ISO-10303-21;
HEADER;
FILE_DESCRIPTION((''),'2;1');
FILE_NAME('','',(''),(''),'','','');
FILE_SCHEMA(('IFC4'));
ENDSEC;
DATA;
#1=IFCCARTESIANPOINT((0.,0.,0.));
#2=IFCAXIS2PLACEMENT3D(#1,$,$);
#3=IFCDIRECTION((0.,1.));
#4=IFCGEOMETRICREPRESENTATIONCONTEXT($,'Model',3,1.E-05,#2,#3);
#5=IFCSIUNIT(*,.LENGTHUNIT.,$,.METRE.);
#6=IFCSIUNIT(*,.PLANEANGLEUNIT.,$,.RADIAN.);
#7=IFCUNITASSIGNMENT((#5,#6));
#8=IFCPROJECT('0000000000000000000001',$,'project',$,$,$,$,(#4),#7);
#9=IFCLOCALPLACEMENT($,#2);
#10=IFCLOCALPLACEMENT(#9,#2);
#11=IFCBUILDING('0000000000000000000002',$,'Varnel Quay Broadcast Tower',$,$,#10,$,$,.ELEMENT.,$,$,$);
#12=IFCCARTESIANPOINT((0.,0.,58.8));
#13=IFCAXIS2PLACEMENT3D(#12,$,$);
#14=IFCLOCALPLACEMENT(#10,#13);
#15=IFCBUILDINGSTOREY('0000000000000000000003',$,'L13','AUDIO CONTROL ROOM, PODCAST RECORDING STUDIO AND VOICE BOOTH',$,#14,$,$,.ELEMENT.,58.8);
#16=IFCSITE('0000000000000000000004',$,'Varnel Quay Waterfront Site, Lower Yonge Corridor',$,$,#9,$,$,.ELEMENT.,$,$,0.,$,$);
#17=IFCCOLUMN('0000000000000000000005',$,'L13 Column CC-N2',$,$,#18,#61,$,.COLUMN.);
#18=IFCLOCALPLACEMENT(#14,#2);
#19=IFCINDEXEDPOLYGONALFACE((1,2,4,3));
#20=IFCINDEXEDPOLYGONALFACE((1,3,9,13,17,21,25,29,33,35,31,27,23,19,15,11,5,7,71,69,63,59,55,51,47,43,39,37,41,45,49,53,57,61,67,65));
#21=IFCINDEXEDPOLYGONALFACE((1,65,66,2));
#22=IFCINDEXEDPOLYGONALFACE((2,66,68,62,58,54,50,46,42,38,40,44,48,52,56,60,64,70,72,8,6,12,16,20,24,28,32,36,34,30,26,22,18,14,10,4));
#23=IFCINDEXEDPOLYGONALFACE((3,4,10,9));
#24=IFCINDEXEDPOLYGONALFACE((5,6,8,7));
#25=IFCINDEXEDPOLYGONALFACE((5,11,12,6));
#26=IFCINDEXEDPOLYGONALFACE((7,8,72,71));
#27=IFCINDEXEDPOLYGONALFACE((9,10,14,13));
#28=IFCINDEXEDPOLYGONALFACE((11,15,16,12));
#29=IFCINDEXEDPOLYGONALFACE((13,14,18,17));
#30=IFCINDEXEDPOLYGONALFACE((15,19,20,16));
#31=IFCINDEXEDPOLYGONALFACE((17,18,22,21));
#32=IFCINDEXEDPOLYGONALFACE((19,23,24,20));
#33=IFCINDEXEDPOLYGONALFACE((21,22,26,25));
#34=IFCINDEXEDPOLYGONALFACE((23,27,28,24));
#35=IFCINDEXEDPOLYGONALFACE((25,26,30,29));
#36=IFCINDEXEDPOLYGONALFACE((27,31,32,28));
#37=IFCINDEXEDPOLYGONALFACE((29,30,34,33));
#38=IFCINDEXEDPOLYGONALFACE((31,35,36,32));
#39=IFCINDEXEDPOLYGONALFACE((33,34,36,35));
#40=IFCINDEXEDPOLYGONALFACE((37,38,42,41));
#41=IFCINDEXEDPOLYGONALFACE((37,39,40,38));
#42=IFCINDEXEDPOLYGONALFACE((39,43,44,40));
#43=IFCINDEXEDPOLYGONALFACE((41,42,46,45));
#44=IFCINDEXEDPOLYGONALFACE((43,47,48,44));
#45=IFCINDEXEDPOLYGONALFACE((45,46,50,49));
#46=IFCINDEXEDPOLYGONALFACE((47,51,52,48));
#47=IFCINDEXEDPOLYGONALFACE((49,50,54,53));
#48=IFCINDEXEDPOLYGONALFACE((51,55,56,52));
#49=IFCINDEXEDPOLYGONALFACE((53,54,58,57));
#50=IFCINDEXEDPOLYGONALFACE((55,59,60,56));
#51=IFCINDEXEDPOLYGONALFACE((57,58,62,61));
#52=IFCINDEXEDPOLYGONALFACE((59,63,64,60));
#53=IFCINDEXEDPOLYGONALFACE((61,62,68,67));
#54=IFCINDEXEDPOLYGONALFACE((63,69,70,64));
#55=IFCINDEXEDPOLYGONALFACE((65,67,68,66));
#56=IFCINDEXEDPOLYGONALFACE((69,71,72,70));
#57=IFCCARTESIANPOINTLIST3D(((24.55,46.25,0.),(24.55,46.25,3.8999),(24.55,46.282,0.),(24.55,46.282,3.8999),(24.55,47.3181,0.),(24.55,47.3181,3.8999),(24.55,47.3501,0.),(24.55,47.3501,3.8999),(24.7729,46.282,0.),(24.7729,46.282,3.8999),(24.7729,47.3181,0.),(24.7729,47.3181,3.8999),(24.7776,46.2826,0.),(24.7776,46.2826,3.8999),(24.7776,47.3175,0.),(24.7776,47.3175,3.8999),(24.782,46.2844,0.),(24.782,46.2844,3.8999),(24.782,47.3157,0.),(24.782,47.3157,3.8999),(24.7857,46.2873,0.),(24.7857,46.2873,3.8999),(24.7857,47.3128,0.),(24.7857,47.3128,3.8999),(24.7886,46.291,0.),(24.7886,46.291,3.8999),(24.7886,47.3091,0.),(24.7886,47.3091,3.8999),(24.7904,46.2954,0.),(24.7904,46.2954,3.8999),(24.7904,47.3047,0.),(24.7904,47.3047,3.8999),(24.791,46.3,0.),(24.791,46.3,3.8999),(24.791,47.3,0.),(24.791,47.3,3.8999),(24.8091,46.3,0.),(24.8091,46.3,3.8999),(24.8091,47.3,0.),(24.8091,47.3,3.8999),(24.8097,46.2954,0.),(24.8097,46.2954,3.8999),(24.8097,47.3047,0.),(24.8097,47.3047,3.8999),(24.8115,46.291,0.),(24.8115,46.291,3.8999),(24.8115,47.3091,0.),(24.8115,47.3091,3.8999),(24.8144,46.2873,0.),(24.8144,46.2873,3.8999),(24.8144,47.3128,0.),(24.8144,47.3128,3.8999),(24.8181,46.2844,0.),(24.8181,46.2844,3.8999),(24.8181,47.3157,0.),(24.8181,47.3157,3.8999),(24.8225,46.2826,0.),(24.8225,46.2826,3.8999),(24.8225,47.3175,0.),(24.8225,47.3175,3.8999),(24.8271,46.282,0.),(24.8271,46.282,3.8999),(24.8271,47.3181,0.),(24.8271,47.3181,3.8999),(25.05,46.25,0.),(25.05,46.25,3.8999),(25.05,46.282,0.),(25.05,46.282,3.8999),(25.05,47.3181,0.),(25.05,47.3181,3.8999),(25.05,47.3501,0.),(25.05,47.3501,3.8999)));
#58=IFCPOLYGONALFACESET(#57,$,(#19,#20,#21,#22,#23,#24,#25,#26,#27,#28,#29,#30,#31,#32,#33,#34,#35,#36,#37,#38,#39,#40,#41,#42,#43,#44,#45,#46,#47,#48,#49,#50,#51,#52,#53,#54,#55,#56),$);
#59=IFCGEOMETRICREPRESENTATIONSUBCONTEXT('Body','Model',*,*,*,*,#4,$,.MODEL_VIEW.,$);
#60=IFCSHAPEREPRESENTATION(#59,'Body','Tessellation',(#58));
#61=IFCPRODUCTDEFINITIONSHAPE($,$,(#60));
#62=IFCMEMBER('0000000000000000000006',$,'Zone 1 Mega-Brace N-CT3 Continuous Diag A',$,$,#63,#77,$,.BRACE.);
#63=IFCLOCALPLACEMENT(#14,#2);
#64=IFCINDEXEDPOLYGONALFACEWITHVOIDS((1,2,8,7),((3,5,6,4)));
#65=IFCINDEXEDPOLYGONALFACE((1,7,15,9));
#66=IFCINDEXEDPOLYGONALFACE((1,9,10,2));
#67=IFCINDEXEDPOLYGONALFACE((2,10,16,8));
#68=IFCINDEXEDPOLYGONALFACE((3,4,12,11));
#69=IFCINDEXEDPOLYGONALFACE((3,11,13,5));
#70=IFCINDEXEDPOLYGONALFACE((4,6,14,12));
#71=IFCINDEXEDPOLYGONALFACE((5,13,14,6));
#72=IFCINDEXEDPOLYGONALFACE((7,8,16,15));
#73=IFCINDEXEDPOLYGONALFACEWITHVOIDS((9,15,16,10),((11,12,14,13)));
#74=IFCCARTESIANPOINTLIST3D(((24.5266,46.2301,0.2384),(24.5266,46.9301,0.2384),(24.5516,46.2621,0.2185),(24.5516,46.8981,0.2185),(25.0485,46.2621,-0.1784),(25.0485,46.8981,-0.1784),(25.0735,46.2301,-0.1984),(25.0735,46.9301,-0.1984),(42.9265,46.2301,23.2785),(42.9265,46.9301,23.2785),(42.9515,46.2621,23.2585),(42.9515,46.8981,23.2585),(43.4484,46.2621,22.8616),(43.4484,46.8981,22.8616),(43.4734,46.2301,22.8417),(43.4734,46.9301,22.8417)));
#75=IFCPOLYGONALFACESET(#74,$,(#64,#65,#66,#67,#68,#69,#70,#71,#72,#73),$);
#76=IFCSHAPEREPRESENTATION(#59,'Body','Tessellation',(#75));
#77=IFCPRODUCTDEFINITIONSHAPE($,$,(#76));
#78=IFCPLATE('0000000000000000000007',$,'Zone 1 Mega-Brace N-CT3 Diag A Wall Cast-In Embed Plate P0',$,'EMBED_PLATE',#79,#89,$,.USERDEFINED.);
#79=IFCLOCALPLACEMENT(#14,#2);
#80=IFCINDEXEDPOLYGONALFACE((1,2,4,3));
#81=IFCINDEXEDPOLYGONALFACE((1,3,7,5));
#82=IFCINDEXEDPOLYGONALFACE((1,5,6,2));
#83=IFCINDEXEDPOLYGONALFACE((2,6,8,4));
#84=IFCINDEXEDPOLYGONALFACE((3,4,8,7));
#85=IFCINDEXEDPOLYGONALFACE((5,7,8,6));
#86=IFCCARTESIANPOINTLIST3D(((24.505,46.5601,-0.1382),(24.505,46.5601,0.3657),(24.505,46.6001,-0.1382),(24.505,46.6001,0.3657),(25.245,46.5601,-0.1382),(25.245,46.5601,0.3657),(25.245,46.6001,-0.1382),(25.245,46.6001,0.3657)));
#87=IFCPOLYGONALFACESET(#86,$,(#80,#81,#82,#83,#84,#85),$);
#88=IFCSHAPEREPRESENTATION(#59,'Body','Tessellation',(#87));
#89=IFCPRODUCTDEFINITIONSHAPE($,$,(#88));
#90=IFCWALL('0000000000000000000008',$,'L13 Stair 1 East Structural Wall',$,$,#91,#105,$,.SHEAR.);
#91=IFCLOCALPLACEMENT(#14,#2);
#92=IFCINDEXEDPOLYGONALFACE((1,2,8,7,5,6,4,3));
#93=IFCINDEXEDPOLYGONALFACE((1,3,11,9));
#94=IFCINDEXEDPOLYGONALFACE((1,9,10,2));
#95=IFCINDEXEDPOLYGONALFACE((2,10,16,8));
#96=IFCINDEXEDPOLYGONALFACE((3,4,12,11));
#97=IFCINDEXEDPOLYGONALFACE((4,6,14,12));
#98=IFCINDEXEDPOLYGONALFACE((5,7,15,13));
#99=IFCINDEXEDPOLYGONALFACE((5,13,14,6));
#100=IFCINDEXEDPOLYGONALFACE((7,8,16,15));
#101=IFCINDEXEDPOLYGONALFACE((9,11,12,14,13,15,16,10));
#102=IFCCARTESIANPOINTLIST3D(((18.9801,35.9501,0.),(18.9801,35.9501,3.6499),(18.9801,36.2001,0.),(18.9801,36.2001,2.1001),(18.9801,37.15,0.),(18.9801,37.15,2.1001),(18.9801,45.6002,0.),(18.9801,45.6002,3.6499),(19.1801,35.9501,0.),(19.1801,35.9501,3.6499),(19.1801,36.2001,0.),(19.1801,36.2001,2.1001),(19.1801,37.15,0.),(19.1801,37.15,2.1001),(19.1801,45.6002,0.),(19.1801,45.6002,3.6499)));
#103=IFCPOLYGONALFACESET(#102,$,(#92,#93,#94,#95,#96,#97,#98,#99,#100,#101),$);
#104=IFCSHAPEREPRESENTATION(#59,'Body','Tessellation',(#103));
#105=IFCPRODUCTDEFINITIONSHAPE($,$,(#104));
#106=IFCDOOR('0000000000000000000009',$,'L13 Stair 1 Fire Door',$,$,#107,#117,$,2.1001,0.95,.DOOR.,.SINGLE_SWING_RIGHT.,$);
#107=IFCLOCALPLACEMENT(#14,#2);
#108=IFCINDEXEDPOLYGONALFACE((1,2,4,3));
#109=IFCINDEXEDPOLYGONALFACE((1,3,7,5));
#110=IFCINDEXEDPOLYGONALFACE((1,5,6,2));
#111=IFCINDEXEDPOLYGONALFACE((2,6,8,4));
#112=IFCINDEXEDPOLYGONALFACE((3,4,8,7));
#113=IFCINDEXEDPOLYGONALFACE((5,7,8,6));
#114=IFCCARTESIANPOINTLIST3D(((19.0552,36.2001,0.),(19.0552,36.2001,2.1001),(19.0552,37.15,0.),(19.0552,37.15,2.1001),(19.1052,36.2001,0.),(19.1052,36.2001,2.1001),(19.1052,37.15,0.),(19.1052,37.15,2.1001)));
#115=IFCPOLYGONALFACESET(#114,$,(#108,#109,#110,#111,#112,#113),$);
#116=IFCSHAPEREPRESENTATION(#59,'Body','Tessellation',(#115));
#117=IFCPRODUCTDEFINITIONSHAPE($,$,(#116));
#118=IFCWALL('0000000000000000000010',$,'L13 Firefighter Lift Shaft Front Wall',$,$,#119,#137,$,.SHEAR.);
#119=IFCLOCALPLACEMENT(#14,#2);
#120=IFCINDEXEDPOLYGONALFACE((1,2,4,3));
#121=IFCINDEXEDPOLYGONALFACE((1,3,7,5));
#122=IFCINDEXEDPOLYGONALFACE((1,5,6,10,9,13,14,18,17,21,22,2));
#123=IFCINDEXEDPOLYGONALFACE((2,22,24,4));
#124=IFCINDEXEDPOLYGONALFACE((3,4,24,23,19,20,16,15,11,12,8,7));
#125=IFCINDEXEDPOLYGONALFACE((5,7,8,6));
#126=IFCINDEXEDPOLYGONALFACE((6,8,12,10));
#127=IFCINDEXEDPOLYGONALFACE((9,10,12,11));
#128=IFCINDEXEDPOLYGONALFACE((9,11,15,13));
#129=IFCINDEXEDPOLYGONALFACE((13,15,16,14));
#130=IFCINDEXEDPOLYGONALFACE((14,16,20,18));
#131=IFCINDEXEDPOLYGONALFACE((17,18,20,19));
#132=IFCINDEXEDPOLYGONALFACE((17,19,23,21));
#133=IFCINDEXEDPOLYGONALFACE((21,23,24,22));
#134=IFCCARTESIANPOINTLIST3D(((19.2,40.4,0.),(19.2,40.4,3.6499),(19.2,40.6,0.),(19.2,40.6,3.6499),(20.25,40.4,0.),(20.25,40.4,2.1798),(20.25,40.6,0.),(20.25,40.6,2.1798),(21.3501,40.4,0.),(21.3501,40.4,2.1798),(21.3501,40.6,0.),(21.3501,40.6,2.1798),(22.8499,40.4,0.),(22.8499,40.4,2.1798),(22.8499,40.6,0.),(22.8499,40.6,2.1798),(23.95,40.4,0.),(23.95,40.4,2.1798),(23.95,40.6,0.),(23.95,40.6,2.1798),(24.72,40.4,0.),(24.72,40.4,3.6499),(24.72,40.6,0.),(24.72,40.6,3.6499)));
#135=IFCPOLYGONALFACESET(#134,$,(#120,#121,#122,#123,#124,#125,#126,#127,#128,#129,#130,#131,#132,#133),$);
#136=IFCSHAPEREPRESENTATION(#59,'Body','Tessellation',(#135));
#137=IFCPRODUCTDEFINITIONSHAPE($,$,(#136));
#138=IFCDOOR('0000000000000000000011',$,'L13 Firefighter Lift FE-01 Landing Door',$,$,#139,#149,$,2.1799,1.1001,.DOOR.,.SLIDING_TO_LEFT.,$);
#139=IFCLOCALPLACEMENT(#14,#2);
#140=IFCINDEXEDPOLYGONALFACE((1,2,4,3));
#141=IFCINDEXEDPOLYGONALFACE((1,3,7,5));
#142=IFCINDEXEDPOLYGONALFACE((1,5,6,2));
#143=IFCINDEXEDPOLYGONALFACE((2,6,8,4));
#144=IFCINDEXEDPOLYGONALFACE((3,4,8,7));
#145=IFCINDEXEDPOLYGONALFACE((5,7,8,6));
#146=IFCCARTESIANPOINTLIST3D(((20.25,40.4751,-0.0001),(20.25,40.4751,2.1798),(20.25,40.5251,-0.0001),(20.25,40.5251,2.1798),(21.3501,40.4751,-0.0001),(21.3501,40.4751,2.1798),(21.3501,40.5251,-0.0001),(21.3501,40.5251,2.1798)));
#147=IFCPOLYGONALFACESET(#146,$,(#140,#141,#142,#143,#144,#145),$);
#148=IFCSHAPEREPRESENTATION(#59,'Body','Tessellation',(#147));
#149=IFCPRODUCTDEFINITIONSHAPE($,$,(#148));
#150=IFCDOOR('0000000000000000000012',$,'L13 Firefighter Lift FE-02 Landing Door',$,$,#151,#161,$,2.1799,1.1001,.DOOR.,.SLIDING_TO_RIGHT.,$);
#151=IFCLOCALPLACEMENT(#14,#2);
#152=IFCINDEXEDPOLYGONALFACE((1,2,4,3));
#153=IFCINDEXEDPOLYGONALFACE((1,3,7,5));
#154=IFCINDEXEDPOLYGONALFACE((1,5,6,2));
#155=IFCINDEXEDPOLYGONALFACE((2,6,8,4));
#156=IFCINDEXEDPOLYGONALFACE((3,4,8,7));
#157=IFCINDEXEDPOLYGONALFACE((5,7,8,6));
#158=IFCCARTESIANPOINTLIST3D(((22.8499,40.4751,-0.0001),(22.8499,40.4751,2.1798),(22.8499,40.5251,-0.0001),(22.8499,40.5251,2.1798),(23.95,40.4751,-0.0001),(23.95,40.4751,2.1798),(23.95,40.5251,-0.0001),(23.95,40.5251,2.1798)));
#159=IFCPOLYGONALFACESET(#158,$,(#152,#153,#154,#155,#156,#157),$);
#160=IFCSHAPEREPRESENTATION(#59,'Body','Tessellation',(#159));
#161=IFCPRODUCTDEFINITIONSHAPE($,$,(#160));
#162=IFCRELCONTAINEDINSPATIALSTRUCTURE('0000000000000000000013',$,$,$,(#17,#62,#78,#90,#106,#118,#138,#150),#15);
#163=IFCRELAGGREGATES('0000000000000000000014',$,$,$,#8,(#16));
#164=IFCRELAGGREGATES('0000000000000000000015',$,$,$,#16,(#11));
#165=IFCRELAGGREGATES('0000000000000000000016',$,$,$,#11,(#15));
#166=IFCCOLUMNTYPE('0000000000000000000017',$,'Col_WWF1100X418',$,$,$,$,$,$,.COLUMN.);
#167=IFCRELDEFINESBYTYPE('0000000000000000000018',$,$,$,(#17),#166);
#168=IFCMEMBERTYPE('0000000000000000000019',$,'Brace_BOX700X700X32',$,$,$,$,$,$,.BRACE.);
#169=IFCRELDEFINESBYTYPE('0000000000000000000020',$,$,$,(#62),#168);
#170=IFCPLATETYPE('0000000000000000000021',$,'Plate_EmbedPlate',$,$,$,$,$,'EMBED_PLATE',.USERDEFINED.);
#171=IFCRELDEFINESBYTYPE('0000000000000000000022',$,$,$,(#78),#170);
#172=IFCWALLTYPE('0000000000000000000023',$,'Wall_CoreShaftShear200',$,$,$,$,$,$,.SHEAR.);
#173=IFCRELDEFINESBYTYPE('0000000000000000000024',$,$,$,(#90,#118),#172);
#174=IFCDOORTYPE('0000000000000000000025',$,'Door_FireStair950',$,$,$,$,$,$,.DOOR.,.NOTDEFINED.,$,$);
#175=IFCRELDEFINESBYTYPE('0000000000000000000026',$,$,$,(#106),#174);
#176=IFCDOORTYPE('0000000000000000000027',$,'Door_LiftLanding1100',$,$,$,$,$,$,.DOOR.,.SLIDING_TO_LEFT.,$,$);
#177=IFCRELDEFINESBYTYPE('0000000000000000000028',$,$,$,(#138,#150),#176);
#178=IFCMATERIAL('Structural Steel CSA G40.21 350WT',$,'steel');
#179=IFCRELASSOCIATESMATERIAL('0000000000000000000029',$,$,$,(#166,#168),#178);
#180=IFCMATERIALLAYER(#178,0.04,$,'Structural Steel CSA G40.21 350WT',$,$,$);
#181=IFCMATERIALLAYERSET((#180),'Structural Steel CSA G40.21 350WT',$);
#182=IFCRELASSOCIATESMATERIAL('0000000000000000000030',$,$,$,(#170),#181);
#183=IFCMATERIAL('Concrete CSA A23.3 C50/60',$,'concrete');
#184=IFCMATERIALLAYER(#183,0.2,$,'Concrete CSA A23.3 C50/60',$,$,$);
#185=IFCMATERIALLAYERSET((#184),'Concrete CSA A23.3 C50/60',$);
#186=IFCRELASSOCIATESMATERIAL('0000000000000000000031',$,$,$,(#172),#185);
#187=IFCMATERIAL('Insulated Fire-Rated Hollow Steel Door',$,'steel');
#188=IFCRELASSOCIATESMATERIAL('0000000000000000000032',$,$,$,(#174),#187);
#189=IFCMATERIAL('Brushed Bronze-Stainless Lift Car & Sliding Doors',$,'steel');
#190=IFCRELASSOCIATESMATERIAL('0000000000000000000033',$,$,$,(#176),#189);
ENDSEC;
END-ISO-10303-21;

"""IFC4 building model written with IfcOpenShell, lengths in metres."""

from ifc_helpers import new_model, si_unit, direction, frame, frame_2d, origin, origin_2d, place, context, subcontext, project, spatial, rectangle, hollow_rectangle, i_section, extrude, source, transform, mapped, material, layer, layer_set, material_profile, profile_set, type_object, type_shapes, element, fill, save


model = new_model("IFC4")

# Units and contexts
model_context = context("Model", 3, precision=1e-05, world=origin(), true_north=direction((0.0, 1.0)))
body_context = subcontext(model_context, "Body", "Model", "MODEL_VIEW")
ifc_project = project(units=[si_unit("LENGTHUNIT", "METRE"), si_unit("PLANEANGLEUNIT", "RADIAN")], contexts=[model_context])

# Site, building, storey
site_placement = place(None, origin())
site = spatial("IfcSite", under=ifc_project, at=site_placement, Name="Varnel Quay Waterfront Site, Lower Yonge Corridor", CompositionType="ELEMENT", RefElevation=0.0)
building_placement = place(site_placement, origin())
building = spatial("IfcBuilding", under=site, at=building_placement, Name="Varnel Quay Broadcast Tower", CompositionType="ELEMENT")
storey_placement = place(building_placement, frame((0.0, 0.0, 58.8)))
storey = spatial("IfcBuildingStorey", under=building, at=storey_placement, Name="L13", Description="AUDIO CONTROL ROOM, PODCAST RECORDING STUDIO AND VOICE BOOTH", CompositionType="ELEMENT", Elevation=58.8)

# Column
ifc_material_1 = material(Name="Structural Steel CSA G40.21 350WT", Category="steel")
ifc_material_profile_1 = material_profile(ifc_material_1, i_section(OverallWidth=0.5, OverallDepth=1.1001, WebThickness=0.0181, FlangeThickness=0.032, FilletRadius=0.0181, at=origin_2d()), Name="WWF1100X418")
ifc_profile_set_1 = profile_set([ifc_material_profile_1], Name="Structural Steel CSA G40.21 350WT")
column_type = type_object("IfcColumnType", Name="Col_WWF1100X418", PredefinedType="COLUMN", material=ifc_profile_set_1)
shared_shape_1 = source(origin(), body_context, "Body", "SweptSolid", [
    extrude(i_section(OverallWidth=0.5, OverallDepth=1.1001, WebThickness=0.0181, FlangeThickness=0.032, FilletRadius=0.0181, at=origin_2d()), origin(), (0.0, 0.0, 1.0), 3.8999),
])
type_shapes(column_type, [shared_shape_1])
column_placement = place(storey_placement, frame((24.8, 46.8, 0.0), z_axis=(0.0, 0.0, 1.0), x_axis=(1.0, 0.0, 0.0)))
element("IfcColumn", 1, at=column_placement, inside=storey, type_object=column_type, Name="L13 Column CC-N2", PredefinedType="COLUMN", context=body_context, shape_type="MappedRepresentation", body=[
    mapped(shared_shape_1, transform((0.0, 0.0, 0.0), x_axis=(1.0, 0.0, 0.0), y_axis=(0.0, 1.0, 0.0), z_axis=(0.0, 0.0, 1.0), scale=1.0)),
])

# Member
ifc_material_profile_2 = material_profile(ifc_material_1, hollow_rectangle(XDim=0.7, YDim=0.7, WallThickness=0.032, at=origin_2d()), Name="BOX700X700X32")
ifc_profile_set_2 = profile_set([ifc_material_profile_2], Name="Structural Steel CSA G40.21 350WT")
member_type = type_object("IfcMemberType", Name="Brace_BOX700X700X32", PredefinedType="BRACE", material=ifc_profile_set_2)
shared_shape_2 = source(origin(), body_context, "Body", "SweptSolid", [
    extrude(hollow_rectangle(XDim=0.7, YDim=0.7, WallThickness=0.032, at=origin_2d()), origin(), (0.0, 0.0, 1.0), 29.4856),
])
type_shapes(member_type, [shared_shape_2])
member_placement = place(storey_placement, frame((24.8, 46.5801, 0.02), z_axis=(0.62403, 0.0, 0.7814), x_axis=(0.0, 1.0, 0.0)))
element("IfcMember", 2, at=member_placement, inside=storey, type_object=member_type, Name="Zone 1 Mega-Brace N-CT3 Continuous Diag A", PredefinedType="BRACE", context=body_context, shape_type="MappedRepresentation", body=[
    mapped(shared_shape_2, transform((0.0, 0.0, 0.0), x_axis=(1.0, 0.0, 0.0), y_axis=(0.0, 1.0, 0.0), z_axis=(0.0, 0.0, 1.0), scale=1.0)),
])

# Plate
ifc_layer_1 = layer(ifc_material_1, 0.04, Name="Structural Steel CSA G40.21 350WT")
ifc_layer_set_1 = layer_set([ifc_layer_1], Name="Structural Steel CSA G40.21 350WT")
plate_type = type_object("IfcPlateType", Name="Plate_EmbedPlate", ElementType="EMBED_PLATE", PredefinedType="USERDEFINED", material=ifc_layer_set_1)
shared_shape_3 = source(origin(), body_context, "Body", "SweptSolid", [
    extrude(rectangle(XDim=0.74, YDim=0.04, at=origin_2d()), origin(), (0.0, 0.0, 1.0), 0.5039),
])
type_shapes(plate_type, [shared_shape_3])
plate_placement = place(storey_placement, frame((24.875, 46.5801, -0.1382), z_axis=(0.0, 0.0, 1.0), x_axis=(1.0, 0.0, 0.0)))
element("IfcPlate", 3, at=plate_placement, inside=storey, type_object=plate_type, Name="Zone 1 Mega-Brace N-CT3 Diag A Wall Cast-In Embed Plate P0", ObjectType="EMBED_PLATE", PredefinedType="USERDEFINED", context=body_context, shape_type="MappedRepresentation", body=[
    mapped(shared_shape_3, transform((0.0, 0.0, 0.0), x_axis=(1.0, 0.0, 0.0), y_axis=(0.0, 1.0, 0.0), z_axis=(0.0, 0.0, 1.0), scale=1.0)),
])

# Wall, opening, door
ifc_material_2 = material(Name="Concrete CSA A23.3 C50/60", Category="concrete")
ifc_layer_2 = layer(ifc_material_2, 0.2, Name="Concrete CSA A23.3 C50/60")
ifc_layer_set_2 = layer_set([ifc_layer_2], Name="Concrete CSA A23.3 C50/60")
wall_type_1 = type_object("IfcWallType", Name="Wall_CoreShaftShear200", PredefinedType="SHEAR", material=ifc_layer_set_2)
wall_1_placement = place(storey_placement, frame((19.0801, 35.95, 0.0), z_axis=(0.0, 0.0, 1.0), x_axis=(0.0, 1.0, 0.0)))
wall_1 = element("IfcWall", 4, at=wall_1_placement, inside=storey, type_object=wall_type_1, Name="L13 Stair 1 East Structural Wall", PredefinedType="SHEAR", context=body_context, shape_type="SweptSolid", body=[
    extrude(rectangle(XDim=9.6501, YDim=0.2, at=frame_2d((4.8252, 0.0))), origin(), (0.0, 0.0, 1.0), 3.6499),
])
opening_1_placement = place(wall_1_placement, frame((0.25, 0.0, 0.0)))
opening_1 = element("IfcOpeningElement", 5, at=opening_1_placement, cuts=wall_1, PredefinedType="OPENING", context=body_context, shape_type="SweptSolid", body=[
    extrude(rectangle(XDim=0.95, YDim=2.1001, at=frame_2d((0.4751, 1.05))), frame((0.0, 0.1099, 0.0), z_axis=(0.0, -1.0, 0.0), x_axis=(1.0, 0.0, 0.0)), (0.0, 0.0, 1.0), 0.22),
])
ifc_material_3 = material(Name="Insulated Fire-Rated Hollow Steel Door", Category="steel")
door_type_1 = type_object("IfcDoorType", Name="Door_FireStair950", OperationType="NOTDEFINED", PredefinedType="DOOR", material=ifc_material_3)
shared_shape_4 = source(origin(), body_context, "Body", "SweptSolid", [
    extrude(rectangle(XDim=0.95, YDim=2.1001, at=frame_2d((0.4751, 1.05))), frame((0.0, 0.0249, 0.0), z_axis=(0.0, -1.0, 0.0), x_axis=(1.0, 0.0, 0.0)), (0.0, 0.0, 1.0), 0.05),
])
type_shapes(door_type_1, [shared_shape_4])
door_1_placement = place(opening_1_placement, origin())
door_1 = element("IfcDoor", 6, at=door_1_placement, inside=storey, type_object=door_type_1, Name="L13 Stair 1 Fire Door", OperationType="SINGLE_SWING_RIGHT", OverallHeight=2.1001, OverallWidth=0.95, PredefinedType="DOOR", context=body_context, shape_type="MappedRepresentation", body=[
    mapped(shared_shape_4, transform((0.0, 0.0, 0.0), x_axis=(1.0, 0.0, 0.0), y_axis=(0.0, 1.0, 0.0), z_axis=(0.0, 0.0, 1.0), scale=1.0)),
])
fill(opening_1, door_1)

# Wall, openings, doors
wall_2_placement = place(storey_placement, frame((19.2, 40.5, 0.0), z_axis=(0.0, 0.0, 1.0), x_axis=(1.0, 0.0, 0.0)))
wall_2 = element("IfcWall", 7, at=wall_2_placement, inside=storey, type_object=wall_type_1, Name="L13 Firefighter Lift Shaft Front Wall", PredefinedType="SHEAR", context=body_context, shape_type="SweptSolid", body=[
    extrude(rectangle(XDim=5.52, YDim=0.2, at=frame_2d((2.76, 0.0))), origin(), (0.0, 0.0, 1.0), 3.6499),
])
opening_2_placement = place(wall_2_placement, frame((1.05, 0.0, 0.0)))
opening_2 = element("IfcOpeningElement", 8, at=opening_2_placement, cuts=wall_2, PredefinedType="OPENING", context=body_context, shape_type="SweptSolid", body=[
    extrude(rectangle(XDim=1.1001, YDim=2.1799, at=frame_2d((0.55, 1.0898))), frame((0.0, 0.1099, 0.0), z_axis=(0.0, -1.0, 0.0), x_axis=(1.0, 0.0, 0.0)), (0.0, 0.0, 1.0), 0.22),
])
opening_3_placement = place(wall_2_placement, frame((3.6499, 0.0, 0.0)))
opening_3 = element("IfcOpeningElement", 9, at=opening_3_placement, cuts=wall_2, PredefinedType="OPENING", context=body_context, shape_type="SweptSolid", body=[
    extrude(rectangle(XDim=1.1001, YDim=2.1799, at=frame_2d((0.55, 1.0898))), frame((0.0, 0.1099, 0.0), z_axis=(0.0, -1.0, 0.0), x_axis=(1.0, 0.0, 0.0)), (0.0, 0.0, 1.0), 0.22),
])
ifc_material_4 = material(Name="Brushed Bronze-Stainless Lift Car & Sliding Doors", Category="steel")
door_type_2 = type_object("IfcDoorType", Name="Door_LiftLanding1100", OperationType="SLIDING_TO_LEFT", PredefinedType="DOOR", material=ifc_material_4)
shared_shape_5 = source(origin(), body_context, "Body", "SweptSolid", [
    extrude(rectangle(XDim=1.1001, YDim=2.1799, at=frame_2d((0.55, 1.0898))), frame((0.0, 0.0249, 0.0), z_axis=(0.0, -1.0, 0.0), x_axis=(1.0, 0.0, 0.0)), (0.0, 0.0, 1.0), 0.05),
])
type_shapes(door_type_2, [shared_shape_5])
door_2_placement = place(opening_2_placement, frame((1.1001, 0.0, 0.0), z_axis=(0.0, 0.0, 1.0), x_axis=(-1.0, 0.0, 0.0)))
door_2 = element("IfcDoor", 10, at=door_2_placement, inside=storey, type_object=door_type_2, Name="L13 Firefighter Lift FE-01 Landing Door", OperationType="SLIDING_TO_LEFT", OverallHeight=2.1799, OverallWidth=1.1001, PredefinedType="DOOR", context=body_context, shape_type="MappedRepresentation", body=[
    mapped(shared_shape_5, transform((0.0, 0.0, 0.0), x_axis=(1.0, 0.0, 0.0), y_axis=(0.0, 1.0, 0.0), z_axis=(0.0, 0.0, 1.0), scale=1.0)),
])
fill(opening_2, door_2)
door_3_placement = place(opening_3_placement, frame((1.1001, 0.0, 0.0), z_axis=(0.0, 0.0, 1.0), x_axis=(-1.0, 0.0, 0.0)))
door_3 = element("IfcDoor", 11, at=door_3_placement, inside=storey, type_object=door_type_2, Name="L13 Firefighter Lift FE-02 Landing Door", OperationType="SLIDING_TO_RIGHT", OverallHeight=2.1799, OverallWidth=1.1001, PredefinedType="DOOR", context=body_context, shape_type="MappedRepresentation", body=[
    mapped(shared_shape_5, transform((0.0, 0.0, 0.0), x_axis=(1.0, 0.0, 0.0), y_axis=(0.0, 1.0, 0.0), z_axis=(0.0, 0.0, 1.0), scale=1.0)),
])
fill(opening_3, door_3)

save(model, "model.ifc")
